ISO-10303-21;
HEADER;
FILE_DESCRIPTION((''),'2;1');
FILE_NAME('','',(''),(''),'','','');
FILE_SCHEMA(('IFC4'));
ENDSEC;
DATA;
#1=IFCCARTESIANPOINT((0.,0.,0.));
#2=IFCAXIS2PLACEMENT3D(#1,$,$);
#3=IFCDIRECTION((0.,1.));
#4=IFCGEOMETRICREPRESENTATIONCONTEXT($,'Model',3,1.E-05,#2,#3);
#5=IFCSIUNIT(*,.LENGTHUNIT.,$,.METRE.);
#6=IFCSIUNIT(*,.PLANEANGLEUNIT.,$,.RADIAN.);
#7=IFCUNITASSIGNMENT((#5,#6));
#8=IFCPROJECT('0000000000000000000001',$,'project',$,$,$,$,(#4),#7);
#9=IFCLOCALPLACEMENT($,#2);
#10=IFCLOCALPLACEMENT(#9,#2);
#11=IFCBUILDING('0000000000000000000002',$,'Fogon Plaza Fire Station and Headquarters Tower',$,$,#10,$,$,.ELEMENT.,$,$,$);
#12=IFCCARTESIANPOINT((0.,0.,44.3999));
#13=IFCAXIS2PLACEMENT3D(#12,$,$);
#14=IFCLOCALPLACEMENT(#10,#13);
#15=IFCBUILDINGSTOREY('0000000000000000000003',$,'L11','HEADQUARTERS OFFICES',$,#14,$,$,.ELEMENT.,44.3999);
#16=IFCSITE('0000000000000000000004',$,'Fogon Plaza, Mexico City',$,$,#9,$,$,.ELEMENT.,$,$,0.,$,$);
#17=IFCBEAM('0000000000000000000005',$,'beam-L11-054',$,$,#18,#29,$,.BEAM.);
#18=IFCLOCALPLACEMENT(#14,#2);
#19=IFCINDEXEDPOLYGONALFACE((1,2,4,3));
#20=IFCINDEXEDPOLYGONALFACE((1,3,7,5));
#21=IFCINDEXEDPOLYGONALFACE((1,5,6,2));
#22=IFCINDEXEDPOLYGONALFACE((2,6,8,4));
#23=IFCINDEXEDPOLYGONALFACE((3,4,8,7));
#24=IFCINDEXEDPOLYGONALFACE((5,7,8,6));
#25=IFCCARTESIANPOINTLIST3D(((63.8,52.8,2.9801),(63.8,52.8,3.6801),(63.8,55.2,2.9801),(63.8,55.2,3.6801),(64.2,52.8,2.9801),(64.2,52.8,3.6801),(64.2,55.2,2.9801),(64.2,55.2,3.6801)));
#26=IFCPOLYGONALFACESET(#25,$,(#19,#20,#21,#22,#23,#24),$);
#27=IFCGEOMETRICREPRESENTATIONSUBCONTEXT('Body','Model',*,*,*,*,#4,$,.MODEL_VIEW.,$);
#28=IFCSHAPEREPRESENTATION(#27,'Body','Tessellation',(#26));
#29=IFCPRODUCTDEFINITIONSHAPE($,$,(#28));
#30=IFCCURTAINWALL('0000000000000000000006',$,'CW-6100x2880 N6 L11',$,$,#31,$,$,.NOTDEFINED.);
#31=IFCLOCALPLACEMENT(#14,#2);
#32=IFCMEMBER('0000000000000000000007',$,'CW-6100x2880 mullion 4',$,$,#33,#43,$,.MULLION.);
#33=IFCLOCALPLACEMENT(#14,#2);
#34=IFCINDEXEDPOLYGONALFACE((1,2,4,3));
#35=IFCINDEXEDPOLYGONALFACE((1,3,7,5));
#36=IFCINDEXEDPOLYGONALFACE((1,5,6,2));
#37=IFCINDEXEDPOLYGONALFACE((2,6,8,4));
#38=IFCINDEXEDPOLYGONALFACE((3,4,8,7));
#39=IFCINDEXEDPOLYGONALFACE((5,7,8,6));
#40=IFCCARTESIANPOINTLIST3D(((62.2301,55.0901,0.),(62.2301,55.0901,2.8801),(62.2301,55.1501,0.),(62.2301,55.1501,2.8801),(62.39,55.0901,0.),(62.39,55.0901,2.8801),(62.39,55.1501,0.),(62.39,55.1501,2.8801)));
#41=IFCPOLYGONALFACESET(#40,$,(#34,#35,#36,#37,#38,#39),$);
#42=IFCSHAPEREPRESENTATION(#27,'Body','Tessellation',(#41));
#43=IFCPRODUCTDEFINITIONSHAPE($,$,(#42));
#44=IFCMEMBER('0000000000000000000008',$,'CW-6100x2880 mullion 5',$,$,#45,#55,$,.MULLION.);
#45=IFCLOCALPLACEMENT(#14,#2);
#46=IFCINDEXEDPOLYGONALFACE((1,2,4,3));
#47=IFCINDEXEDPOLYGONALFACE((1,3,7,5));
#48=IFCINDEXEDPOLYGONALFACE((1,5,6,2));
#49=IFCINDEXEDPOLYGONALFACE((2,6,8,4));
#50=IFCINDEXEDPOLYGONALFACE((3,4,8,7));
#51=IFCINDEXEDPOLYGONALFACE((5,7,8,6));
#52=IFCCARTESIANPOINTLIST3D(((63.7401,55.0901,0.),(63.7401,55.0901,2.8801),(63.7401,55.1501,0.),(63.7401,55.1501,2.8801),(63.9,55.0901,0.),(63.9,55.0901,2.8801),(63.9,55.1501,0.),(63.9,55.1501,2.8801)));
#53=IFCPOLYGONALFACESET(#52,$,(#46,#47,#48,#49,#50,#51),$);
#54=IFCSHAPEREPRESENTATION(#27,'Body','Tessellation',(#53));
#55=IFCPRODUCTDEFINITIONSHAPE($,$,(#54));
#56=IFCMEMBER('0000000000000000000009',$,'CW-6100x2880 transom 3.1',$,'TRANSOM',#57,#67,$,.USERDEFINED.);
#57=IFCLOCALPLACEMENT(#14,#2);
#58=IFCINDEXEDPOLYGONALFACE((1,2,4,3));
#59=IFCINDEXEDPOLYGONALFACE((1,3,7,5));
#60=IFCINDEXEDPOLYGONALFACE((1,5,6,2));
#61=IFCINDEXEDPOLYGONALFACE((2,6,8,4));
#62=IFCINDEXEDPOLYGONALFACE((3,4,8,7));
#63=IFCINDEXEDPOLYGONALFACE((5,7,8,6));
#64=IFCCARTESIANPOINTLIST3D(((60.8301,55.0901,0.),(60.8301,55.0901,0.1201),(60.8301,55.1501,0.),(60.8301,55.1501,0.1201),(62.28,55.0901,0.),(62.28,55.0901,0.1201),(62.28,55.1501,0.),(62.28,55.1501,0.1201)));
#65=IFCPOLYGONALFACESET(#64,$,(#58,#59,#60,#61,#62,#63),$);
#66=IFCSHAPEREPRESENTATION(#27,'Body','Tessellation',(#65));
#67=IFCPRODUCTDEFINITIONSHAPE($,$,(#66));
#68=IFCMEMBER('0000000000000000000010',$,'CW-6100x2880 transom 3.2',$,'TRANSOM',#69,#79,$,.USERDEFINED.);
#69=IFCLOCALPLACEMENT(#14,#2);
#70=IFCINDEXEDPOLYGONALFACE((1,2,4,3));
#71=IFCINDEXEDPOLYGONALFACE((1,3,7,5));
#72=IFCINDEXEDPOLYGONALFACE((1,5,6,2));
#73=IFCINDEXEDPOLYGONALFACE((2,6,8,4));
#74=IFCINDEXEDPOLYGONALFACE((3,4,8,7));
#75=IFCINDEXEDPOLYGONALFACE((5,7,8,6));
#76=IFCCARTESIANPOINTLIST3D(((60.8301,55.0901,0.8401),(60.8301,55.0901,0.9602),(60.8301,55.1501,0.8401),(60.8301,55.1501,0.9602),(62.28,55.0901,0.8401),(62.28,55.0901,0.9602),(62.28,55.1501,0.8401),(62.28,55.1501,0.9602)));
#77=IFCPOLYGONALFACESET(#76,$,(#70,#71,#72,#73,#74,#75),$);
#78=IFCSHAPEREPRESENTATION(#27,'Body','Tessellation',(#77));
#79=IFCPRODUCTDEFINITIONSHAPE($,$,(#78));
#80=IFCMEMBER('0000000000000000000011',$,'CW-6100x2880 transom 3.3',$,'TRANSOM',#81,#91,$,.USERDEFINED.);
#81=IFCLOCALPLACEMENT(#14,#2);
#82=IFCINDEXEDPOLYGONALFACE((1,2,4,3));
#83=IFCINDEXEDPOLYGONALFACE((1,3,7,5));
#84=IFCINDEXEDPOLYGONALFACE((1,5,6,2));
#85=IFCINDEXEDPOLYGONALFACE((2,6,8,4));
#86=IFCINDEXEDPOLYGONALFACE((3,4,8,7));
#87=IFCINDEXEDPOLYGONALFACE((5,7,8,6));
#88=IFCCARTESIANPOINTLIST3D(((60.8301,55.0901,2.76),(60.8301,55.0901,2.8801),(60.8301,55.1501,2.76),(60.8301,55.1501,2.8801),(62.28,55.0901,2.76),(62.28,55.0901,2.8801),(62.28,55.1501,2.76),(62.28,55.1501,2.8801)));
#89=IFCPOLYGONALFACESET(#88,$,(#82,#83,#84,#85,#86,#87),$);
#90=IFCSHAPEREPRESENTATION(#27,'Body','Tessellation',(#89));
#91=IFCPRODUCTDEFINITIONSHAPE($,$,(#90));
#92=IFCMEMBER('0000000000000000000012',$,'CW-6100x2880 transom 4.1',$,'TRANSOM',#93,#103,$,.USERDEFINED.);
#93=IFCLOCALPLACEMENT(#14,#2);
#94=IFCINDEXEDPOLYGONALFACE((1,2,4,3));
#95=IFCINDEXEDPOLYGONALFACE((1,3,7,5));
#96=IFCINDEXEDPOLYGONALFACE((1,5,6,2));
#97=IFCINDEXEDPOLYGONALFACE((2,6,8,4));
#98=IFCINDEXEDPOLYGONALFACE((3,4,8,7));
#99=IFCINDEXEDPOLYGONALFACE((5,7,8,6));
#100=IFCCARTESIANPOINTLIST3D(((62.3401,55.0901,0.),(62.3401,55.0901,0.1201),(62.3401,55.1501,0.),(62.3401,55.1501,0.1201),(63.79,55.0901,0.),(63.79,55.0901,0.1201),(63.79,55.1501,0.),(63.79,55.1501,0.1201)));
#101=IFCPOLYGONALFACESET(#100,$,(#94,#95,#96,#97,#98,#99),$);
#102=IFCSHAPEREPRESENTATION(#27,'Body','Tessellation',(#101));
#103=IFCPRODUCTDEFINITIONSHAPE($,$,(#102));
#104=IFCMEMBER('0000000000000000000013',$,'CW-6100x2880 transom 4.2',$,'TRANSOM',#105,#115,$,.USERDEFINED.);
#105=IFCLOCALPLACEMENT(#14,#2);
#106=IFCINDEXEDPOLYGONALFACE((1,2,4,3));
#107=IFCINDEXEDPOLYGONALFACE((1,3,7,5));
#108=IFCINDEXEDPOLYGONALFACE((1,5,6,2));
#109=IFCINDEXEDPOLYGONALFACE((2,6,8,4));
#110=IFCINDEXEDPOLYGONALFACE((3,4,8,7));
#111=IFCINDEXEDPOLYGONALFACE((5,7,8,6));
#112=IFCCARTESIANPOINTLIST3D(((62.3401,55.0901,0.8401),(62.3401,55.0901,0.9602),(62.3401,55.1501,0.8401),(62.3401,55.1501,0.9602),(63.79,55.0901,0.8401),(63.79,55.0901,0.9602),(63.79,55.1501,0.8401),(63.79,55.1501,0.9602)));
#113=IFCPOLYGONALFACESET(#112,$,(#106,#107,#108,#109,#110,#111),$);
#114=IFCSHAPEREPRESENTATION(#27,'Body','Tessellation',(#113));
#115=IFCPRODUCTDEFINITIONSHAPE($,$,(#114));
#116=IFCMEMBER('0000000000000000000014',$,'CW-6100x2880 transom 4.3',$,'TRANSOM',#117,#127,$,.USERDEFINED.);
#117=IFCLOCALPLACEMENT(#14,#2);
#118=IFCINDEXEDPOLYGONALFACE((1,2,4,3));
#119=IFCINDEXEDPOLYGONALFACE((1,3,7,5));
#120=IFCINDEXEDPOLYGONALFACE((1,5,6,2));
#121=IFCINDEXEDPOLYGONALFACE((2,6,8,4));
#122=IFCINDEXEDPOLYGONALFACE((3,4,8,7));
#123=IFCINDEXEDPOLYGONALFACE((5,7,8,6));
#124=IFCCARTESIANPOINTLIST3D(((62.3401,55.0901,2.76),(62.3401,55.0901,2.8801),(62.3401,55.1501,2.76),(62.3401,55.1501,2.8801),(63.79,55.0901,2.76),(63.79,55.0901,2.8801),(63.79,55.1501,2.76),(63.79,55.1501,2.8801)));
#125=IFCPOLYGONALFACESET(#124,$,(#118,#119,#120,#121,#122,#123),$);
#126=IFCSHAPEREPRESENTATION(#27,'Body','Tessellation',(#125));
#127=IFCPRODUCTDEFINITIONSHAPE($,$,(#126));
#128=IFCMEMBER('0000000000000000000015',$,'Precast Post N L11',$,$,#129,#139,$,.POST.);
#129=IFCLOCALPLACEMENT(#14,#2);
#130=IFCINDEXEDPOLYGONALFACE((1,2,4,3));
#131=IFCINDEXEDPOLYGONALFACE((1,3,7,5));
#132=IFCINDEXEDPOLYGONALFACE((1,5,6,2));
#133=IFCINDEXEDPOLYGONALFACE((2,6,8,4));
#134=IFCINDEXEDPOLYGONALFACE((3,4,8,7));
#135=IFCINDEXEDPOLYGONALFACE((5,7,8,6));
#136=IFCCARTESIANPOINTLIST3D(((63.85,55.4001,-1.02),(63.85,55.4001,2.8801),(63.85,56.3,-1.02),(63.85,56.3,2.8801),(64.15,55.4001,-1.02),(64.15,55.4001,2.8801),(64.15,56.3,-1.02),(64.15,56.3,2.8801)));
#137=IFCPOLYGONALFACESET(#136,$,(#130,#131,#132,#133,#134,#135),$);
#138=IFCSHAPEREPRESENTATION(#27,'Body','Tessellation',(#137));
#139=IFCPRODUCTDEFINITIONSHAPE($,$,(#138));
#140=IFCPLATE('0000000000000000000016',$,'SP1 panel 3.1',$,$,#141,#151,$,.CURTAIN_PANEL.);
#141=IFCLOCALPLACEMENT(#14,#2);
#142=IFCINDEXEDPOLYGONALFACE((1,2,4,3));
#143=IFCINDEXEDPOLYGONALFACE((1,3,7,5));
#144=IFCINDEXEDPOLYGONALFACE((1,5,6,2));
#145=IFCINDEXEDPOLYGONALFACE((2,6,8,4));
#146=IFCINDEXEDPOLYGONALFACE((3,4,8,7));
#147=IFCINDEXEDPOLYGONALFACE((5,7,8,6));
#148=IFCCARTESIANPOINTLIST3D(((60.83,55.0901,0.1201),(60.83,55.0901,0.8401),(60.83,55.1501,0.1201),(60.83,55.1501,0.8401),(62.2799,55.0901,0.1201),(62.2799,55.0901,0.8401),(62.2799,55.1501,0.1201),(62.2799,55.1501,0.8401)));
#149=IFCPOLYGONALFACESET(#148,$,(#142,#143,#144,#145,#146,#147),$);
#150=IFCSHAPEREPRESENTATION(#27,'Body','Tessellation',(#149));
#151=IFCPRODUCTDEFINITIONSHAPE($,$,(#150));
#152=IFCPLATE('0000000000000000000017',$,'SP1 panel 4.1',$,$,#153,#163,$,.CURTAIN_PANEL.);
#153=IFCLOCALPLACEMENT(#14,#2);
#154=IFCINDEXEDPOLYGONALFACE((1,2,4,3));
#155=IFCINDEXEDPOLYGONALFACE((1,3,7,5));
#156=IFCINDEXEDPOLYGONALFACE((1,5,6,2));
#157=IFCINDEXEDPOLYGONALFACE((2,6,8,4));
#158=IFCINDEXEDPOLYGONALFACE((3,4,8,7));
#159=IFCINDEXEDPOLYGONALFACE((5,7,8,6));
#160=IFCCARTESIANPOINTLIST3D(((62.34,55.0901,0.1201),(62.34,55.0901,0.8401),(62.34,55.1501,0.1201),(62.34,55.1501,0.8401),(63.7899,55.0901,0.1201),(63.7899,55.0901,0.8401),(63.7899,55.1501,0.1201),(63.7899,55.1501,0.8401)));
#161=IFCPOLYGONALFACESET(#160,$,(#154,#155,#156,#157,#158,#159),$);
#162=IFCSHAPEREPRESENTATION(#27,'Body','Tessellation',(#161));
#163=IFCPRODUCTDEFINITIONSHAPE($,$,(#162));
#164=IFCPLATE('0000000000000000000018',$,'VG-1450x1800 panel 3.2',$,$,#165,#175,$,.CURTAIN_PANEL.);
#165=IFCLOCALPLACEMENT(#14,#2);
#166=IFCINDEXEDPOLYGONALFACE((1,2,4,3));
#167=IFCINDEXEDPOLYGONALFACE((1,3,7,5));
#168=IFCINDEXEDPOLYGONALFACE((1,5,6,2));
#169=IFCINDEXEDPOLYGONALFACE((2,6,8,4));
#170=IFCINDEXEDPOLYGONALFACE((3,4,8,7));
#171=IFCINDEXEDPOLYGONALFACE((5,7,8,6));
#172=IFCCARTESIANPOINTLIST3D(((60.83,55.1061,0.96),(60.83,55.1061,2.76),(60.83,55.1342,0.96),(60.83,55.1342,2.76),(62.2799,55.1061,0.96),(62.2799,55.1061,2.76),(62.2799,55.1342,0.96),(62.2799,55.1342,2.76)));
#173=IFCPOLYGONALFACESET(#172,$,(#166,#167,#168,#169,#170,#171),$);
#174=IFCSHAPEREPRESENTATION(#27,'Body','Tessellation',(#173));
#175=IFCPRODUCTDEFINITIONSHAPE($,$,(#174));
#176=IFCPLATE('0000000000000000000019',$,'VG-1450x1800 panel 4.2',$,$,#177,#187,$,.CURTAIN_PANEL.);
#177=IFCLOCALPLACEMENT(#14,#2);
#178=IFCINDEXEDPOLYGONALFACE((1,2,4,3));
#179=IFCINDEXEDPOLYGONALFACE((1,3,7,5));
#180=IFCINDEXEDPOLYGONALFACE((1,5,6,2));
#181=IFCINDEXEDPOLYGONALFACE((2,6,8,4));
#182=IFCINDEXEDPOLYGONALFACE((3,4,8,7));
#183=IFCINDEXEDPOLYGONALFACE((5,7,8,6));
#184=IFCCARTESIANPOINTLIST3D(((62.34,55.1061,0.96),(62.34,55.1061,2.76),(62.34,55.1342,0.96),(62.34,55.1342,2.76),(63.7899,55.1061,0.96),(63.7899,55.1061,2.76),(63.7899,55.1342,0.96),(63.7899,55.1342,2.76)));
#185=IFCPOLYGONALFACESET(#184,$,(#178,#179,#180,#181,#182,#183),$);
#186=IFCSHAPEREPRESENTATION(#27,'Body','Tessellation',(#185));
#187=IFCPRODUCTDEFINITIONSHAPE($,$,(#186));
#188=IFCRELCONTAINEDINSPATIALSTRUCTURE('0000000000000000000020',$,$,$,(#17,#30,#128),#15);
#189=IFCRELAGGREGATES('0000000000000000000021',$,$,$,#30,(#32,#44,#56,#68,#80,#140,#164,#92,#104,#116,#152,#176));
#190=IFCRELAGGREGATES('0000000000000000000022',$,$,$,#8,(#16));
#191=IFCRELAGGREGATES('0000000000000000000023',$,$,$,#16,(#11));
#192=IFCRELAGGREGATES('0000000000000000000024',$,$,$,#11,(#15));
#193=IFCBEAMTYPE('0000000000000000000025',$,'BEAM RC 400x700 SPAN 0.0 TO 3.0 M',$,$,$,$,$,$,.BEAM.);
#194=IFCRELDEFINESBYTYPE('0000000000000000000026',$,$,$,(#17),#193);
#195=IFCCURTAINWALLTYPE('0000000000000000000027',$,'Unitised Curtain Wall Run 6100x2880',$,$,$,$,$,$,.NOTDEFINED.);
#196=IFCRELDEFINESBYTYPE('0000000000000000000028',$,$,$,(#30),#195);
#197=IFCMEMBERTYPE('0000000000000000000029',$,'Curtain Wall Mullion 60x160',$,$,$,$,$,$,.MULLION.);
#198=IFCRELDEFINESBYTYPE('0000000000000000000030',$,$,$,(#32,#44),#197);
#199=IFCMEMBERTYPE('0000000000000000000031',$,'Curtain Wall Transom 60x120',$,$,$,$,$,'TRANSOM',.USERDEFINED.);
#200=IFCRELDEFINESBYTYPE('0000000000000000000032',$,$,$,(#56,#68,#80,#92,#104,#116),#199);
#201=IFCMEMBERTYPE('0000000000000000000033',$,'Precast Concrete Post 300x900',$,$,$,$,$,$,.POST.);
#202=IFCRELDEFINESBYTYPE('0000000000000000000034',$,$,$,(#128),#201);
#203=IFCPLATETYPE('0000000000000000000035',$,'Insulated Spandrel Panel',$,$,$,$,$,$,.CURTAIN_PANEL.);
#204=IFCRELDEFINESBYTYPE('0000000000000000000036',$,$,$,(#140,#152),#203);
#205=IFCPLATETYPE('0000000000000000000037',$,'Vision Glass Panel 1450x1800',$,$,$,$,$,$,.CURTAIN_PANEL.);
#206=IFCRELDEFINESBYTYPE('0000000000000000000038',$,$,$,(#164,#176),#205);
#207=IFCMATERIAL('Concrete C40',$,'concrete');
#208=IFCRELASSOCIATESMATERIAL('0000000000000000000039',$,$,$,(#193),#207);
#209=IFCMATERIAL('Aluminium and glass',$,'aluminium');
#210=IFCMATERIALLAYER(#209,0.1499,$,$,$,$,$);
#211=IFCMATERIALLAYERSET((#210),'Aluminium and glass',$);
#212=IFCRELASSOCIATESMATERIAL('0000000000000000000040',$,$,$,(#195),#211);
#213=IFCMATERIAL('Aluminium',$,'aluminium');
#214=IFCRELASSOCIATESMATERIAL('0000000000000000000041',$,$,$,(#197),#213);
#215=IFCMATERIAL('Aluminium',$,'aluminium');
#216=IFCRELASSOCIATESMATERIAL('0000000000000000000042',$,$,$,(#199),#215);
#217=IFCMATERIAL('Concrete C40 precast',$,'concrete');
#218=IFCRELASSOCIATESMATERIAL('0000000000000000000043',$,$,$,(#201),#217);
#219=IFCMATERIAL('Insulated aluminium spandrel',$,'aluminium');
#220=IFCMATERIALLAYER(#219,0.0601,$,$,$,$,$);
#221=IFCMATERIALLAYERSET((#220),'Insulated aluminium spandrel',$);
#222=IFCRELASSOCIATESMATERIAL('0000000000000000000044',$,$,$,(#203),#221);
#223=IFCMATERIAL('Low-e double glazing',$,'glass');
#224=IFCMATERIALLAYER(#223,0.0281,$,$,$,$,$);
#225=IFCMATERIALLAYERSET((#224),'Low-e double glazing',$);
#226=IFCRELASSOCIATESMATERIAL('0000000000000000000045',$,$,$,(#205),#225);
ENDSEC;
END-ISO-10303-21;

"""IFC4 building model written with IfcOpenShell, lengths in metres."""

from ifc_helpers import new_model, si_unit, direction, frame, origin, origin_2d, place, context, subcontext, project, spatial, rectangle, extrude, material, layer, layer_set, material_profile, profile_set, type_object, element, aggregate, save


model = new_model("IFC4")

# Units and contexts
model_context = context("Model", 3, precision=1e-05, world=origin(), true_north=direction((0.0, 1.0)))
body_context = subcontext(model_context, "Body", "Model", "MODEL_VIEW")
ifc_project = project(units=[si_unit("LENGTHUNIT", "METRE"), si_unit("PLANEANGLEUNIT", "RADIAN")], contexts=[model_context])

# Site, building, storey
site_placement = place(None, origin())
site = spatial("IfcSite", under=ifc_project, at=site_placement, Name="Fogon Plaza, Mexico City", CompositionType="ELEMENT", RefElevation=0.0)
building_placement = place(site_placement, origin())
building = spatial("IfcBuilding", under=site, at=building_placement, Name="Fogon Plaza Fire Station and Headquarters Tower", CompositionType="ELEMENT")
storey_placement = place(building_placement, frame((0.0, 0.0, 44.3999)))
storey = spatial("IfcBuildingStorey", under=building, at=storey_placement, Name="L11", Description="HEADQUARTERS OFFICES", CompositionType="ELEMENT", Elevation=44.3999)

# Beam
ifc_material_1 = material(Name="Concrete C40", Category="concrete")
ifc_material_profile_1 = material_profile(ifc_material_1, rectangle(XDim=0.3999, YDim=0.7, at=origin_2d()), Name="RC 400x700")
ifc_profile_set_1 = profile_set([ifc_material_profile_1], Name="Concrete C40")
beam_type = type_object("IfcBeamType", Name="BEAM RC 400x700 SPAN 0.0 TO 3.0 M", PredefinedType="BEAM", material=ifc_profile_set_1)
beam_placement = place(storey_placement, frame((64.0, 52.8, 3.3301), z_axis=(0.0, 1.0, 0.0), x_axis=(-1.0, 0.0, 0.0)))
element("IfcBeam", 1, at=beam_placement, inside=storey, type_object=beam_type, Name="beam-L11-054", PredefinedType="BEAM", context=body_context, shape_type="SweptSolid", body=[
    extrude(rectangle(XDim=0.3999, YDim=0.7, at=origin_2d()), origin(), (0.0, 0.0, 1.0), 2.3999),
])

# Curtain wall, members
ifc_material_2 = material(Name="Aluminium and glass", Category="aluminium")
ifc_layer_1 = layer(ifc_material_2, 0.1499)
ifc_layer_set_1 = layer_set([ifc_layer_1], Name="Aluminium and glass")
curtain_wall_type = type_object("IfcCurtainWallType", Name="Unitised Curtain Wall Run 6100x2880", PredefinedType="NOTDEFINED", material=ifc_layer_set_1)
curtain_wall_placement = place(storey_placement, origin())
curtain_wall = element("IfcCurtainWall", 2, at=curtain_wall_placement, inside=storey, type_object=curtain_wall_type, Name="CW-6100x2880 N6 L11", PredefinedType="NOTDEFINED")
ifc_material_3 = material(Name="Aluminium", Category="aluminium")
ifc_material_profile_2 = material_profile(ifc_material_3, rectangle(XDim=0.0601, YDim=0.1599, at=origin_2d()), Name="Curtain Wall Mullion 60x160")
ifc_profile_set_2 = profile_set([ifc_material_profile_2], Name="Aluminium")
member_type_1 = type_object("IfcMemberType", Name="Curtain Wall Mullion 60x160", PredefinedType="MULLION", material=ifc_profile_set_2)
member_1_placement = place(storey_placement, frame((62.3101, 55.1201, 0.0), z_axis=(0.0, 0.0, 1.0), x_axis=(0.0, 1.0, 0.0)))
member_1 = element("IfcMember", 3, at=member_1_placement, type_object=member_type_1, Name="CW-6100x2880 mullion 4", PredefinedType="MULLION", context=body_context, shape_type="SweptSolid", body=[
    extrude(rectangle(XDim=0.0601, YDim=0.1599, at=origin_2d()), origin(), (0.0, 0.0, 1.0), 2.8801),
])
member_2_placement = place(storey_placement, frame((63.8201, 55.1201, 0.0), z_axis=(0.0, 0.0, 1.0), x_axis=(0.0, 1.0, 0.0)))
member_2 = element("IfcMember", 4, at=member_2_placement, type_object=member_type_1, Name="CW-6100x2880 mullion 5", PredefinedType="MULLION", context=body_context, shape_type="SweptSolid", body=[
    extrude(rectangle(XDim=0.0601, YDim=0.1599, at=origin_2d()), origin(), (0.0, 0.0, 1.0), 2.8801),
])
ifc_material_4 = material(Name="Aluminium", Category="aluminium")
ifc_material_profile_3 = material_profile(ifc_material_4, rectangle(XDim=0.0601, YDim=0.1201, at=origin_2d()), Name="Curtain Wall Transom 60x120")
ifc_profile_set_3 = profile_set([ifc_material_profile_3], Name="Aluminium")
member_type_2 = type_object("IfcMemberType", Name="Curtain Wall Transom 60x120", ElementType="TRANSOM", PredefinedType="USERDEFINED", material=ifc_profile_set_3)
member_3_placement = place(storey_placement, frame((60.8301, 55.1201, 0.0601), z_axis=(1.0, 0.0, 0.0), x_axis=(0.0, 1.0, 0.0)))
member_3 = element("IfcMember", 5, at=member_3_placement, type_object=member_type_2, Name="CW-6100x2880 transom 3.1", ObjectType="TRANSOM", PredefinedType="USERDEFINED", context=body_context, shape_type="SweptSolid", body=[
    extrude(rectangle(XDim=0.0601, YDim=0.1201, at=origin_2d()), origin(), (0.0, 0.0, 1.0), 1.45),
])
member_4_placement = place(storey_placement, frame((60.8301, 55.1201, 0.9001), z_axis=(1.0, 0.0, 0.0), x_axis=(0.0, 1.0, 0.0)))
member_4 = element("IfcMember", 6, at=member_4_placement, type_object=member_type_2, Name="CW-6100x2880 transom 3.2", ObjectType="TRANSOM", PredefinedType="USERDEFINED", context=body_context, shape_type="SweptSolid", body=[
    extrude(rectangle(XDim=0.0601, YDim=0.1201, at=origin_2d()), origin(), (0.0, 0.0, 1.0), 1.45),
])
member_5_placement = place(storey_placement, frame((60.8301, 55.1201, 2.8201), z_axis=(1.0, 0.0, 0.0), x_axis=(0.0, 1.0, 0.0)))
member_5 = element("IfcMember", 7, at=member_5_placement, type_object=member_type_2, Name="CW-6100x2880 transom 3.3", ObjectType="TRANSOM", PredefinedType="USERDEFINED", context=body_context, shape_type="SweptSolid", body=[
    extrude(rectangle(XDim=0.0601, YDim=0.1201, at=origin_2d()), origin(), (0.0, 0.0, 1.0), 1.45),
])
member_6_placement = place(storey_placement, frame((62.3401, 55.1201, 0.0601), z_axis=(1.0, 0.0, 0.0), x_axis=(0.0, 1.0, 0.0)))
member_6 = element("IfcMember", 8, at=member_6_placement, type_object=member_type_2, Name="CW-6100x2880 transom 4.1", ObjectType="TRANSOM", PredefinedType="USERDEFINED", context=body_context, shape_type="SweptSolid", body=[
    extrude(rectangle(XDim=0.0601, YDim=0.1201, at=origin_2d()), origin(), (0.0, 0.0, 1.0), 1.45),
])
member_7_placement = place(storey_placement, frame((62.3401, 55.1201, 0.9001), z_axis=(1.0, 0.0, 0.0), x_axis=(0.0, 1.0, 0.0)))
member_7 = element("IfcMember", 9, at=member_7_placement, type_object=member_type_2, Name="CW-6100x2880 transom 4.2", ObjectType="TRANSOM", PredefinedType="USERDEFINED", context=body_context, shape_type="SweptSolid", body=[
    extrude(rectangle(XDim=0.0601, YDim=0.1201, at=origin_2d()), origin(), (0.0, 0.0, 1.0), 1.45),
])
member_8_placement = place(storey_placement, frame((62.3401, 55.1201, 2.8201), z_axis=(1.0, 0.0, 0.0), x_axis=(0.0, 1.0, 0.0)))
member_8 = element("IfcMember", 10, at=member_8_placement, type_object=member_type_2, Name="CW-6100x2880 transom 4.3", ObjectType="TRANSOM", PredefinedType="USERDEFINED", context=body_context, shape_type="SweptSolid", body=[
    extrude(rectangle(XDim=0.0601, YDim=0.1201, at=origin_2d()), origin(), (0.0, 0.0, 1.0), 1.45),
])

# Member
ifc_material_5 = material(Name="Concrete C40 precast", Category="concrete")
ifc_material_profile_4 = material_profile(ifc_material_5, rectangle(XDim=0.3, YDim=0.8999, at=origin_2d()), Name="Precast Concrete Post 300x900")
ifc_profile_set_4 = profile_set([ifc_material_profile_4], Name="Concrete C40 precast")
member_type_3 = type_object("IfcMemberType", Name="Precast Concrete Post 300x900", PredefinedType="POST", material=ifc_profile_set_4)
member_9_placement = place(storey_placement, frame((64.0, 55.8501, -1.02), z_axis=(0.0, 0.0, 1.0), x_axis=(1.0, 0.0, 0.0)))
element("IfcMember", 11, at=member_9_placement, inside=storey, type_object=member_type_3, Name="Precast Post N L11", PredefinedType="POST", context=body_context, shape_type="SweptSolid", body=[
    extrude(rectangle(XDim=0.3, YDim=0.8999, at=origin_2d()), origin(), (0.0, 0.0, 1.0), 3.9001),
])

# Plates
ifc_material_6 = material(Name="Insulated aluminium spandrel", Category="aluminium")
ifc_layer_2 = layer(ifc_material_6, 0.0601)
ifc_layer_set_2 = layer_set([ifc_layer_2], Name="Insulated aluminium spandrel")
plate_type_1 = type_object("IfcPlateType", Name="Insulated Spandrel Panel", PredefinedType="CURTAIN_PANEL", material=ifc_layer_set_2)
plate_1_placement = place(storey_placement, frame((61.5549, 55.1201, 0.1201), z_axis=(0.0, 0.0, 1.0), x_axis=(1.0, 0.0, 0.0)))
plate_1 = element("IfcPlate", 12, at=plate_1_placement, type_object=plate_type_1, Name="SP1 panel 3.1", PredefinedType="CURTAIN_PANEL", context=body_context, shape_type="SweptSolid", body=[
    extrude(rectangle(XDim=1.45, YDim=0.0601, at=origin_2d()), origin(), (0.0, 0.0, 1.0), 0.72),
])
plate_2_placement = place(storey_placement, frame((63.0649, 55.1201, 0.1201), z_axis=(0.0, 0.0, 1.0), x_axis=(1.0, 0.0, 0.0)))
plate_2 = element("IfcPlate", 13, at=plate_2_placement, type_object=plate_type_1, Name="SP1 panel 4.1", PredefinedType="CURTAIN_PANEL", context=body_context, shape_type="SweptSolid", body=[
    extrude(rectangle(XDim=1.45, YDim=0.0601, at=origin_2d()), origin(), (0.0, 0.0, 1.0), 0.72),
])
ifc_material_7 = material(Name="Low-e double glazing", Category="glass")
ifc_layer_3 = layer(ifc_material_7, 0.0281)
ifc_layer_set_3 = layer_set([ifc_layer_3], Name="Low-e double glazing")
plate_type_2 = type_object("IfcPlateType", Name="Vision Glass Panel 1450x1800", PredefinedType="CURTAIN_PANEL", material=ifc_layer_set_3)
plate_3_placement = place(storey_placement, frame((61.5549, 55.1201, 0.96), z_axis=(0.0, 0.0, 1.0), x_axis=(1.0, 0.0, 0.0)))
plate_3 = element("IfcPlate", 14, at=plate_3_placement, type_object=plate_type_2, Name="VG-1450x1800 panel 3.2", PredefinedType="CURTAIN_PANEL", context=body_context, shape_type="SweptSolid", body=[
    extrude(rectangle(XDim=1.45, YDim=0.0281, at=origin_2d()), origin(), (0.0, 0.0, 1.0), 1.8),
])
plate_4_placement = place(storey_placement, frame((63.0649, 55.1201, 0.96), z_axis=(0.0, 0.0, 1.0), x_axis=(1.0, 0.0, 0.0)))
plate_4 = element("IfcPlate", 15, at=plate_4_placement, type_object=plate_type_2, Name="VG-1450x1800 panel 4.2", PredefinedType="CURTAIN_PANEL", context=body_context, shape_type="SweptSolid", body=[
    extrude(rectangle(XDim=1.45, YDim=0.0281, at=origin_2d()), origin(), (0.0, 0.0, 1.0), 1.8),
])
aggregate(curtain_wall, [member_1, member_2, member_3, member_4, member_5, plate_1, plate_3, member_6, member_7, member_8, plate_2, plate_4])

save(model, "model.ifc")
